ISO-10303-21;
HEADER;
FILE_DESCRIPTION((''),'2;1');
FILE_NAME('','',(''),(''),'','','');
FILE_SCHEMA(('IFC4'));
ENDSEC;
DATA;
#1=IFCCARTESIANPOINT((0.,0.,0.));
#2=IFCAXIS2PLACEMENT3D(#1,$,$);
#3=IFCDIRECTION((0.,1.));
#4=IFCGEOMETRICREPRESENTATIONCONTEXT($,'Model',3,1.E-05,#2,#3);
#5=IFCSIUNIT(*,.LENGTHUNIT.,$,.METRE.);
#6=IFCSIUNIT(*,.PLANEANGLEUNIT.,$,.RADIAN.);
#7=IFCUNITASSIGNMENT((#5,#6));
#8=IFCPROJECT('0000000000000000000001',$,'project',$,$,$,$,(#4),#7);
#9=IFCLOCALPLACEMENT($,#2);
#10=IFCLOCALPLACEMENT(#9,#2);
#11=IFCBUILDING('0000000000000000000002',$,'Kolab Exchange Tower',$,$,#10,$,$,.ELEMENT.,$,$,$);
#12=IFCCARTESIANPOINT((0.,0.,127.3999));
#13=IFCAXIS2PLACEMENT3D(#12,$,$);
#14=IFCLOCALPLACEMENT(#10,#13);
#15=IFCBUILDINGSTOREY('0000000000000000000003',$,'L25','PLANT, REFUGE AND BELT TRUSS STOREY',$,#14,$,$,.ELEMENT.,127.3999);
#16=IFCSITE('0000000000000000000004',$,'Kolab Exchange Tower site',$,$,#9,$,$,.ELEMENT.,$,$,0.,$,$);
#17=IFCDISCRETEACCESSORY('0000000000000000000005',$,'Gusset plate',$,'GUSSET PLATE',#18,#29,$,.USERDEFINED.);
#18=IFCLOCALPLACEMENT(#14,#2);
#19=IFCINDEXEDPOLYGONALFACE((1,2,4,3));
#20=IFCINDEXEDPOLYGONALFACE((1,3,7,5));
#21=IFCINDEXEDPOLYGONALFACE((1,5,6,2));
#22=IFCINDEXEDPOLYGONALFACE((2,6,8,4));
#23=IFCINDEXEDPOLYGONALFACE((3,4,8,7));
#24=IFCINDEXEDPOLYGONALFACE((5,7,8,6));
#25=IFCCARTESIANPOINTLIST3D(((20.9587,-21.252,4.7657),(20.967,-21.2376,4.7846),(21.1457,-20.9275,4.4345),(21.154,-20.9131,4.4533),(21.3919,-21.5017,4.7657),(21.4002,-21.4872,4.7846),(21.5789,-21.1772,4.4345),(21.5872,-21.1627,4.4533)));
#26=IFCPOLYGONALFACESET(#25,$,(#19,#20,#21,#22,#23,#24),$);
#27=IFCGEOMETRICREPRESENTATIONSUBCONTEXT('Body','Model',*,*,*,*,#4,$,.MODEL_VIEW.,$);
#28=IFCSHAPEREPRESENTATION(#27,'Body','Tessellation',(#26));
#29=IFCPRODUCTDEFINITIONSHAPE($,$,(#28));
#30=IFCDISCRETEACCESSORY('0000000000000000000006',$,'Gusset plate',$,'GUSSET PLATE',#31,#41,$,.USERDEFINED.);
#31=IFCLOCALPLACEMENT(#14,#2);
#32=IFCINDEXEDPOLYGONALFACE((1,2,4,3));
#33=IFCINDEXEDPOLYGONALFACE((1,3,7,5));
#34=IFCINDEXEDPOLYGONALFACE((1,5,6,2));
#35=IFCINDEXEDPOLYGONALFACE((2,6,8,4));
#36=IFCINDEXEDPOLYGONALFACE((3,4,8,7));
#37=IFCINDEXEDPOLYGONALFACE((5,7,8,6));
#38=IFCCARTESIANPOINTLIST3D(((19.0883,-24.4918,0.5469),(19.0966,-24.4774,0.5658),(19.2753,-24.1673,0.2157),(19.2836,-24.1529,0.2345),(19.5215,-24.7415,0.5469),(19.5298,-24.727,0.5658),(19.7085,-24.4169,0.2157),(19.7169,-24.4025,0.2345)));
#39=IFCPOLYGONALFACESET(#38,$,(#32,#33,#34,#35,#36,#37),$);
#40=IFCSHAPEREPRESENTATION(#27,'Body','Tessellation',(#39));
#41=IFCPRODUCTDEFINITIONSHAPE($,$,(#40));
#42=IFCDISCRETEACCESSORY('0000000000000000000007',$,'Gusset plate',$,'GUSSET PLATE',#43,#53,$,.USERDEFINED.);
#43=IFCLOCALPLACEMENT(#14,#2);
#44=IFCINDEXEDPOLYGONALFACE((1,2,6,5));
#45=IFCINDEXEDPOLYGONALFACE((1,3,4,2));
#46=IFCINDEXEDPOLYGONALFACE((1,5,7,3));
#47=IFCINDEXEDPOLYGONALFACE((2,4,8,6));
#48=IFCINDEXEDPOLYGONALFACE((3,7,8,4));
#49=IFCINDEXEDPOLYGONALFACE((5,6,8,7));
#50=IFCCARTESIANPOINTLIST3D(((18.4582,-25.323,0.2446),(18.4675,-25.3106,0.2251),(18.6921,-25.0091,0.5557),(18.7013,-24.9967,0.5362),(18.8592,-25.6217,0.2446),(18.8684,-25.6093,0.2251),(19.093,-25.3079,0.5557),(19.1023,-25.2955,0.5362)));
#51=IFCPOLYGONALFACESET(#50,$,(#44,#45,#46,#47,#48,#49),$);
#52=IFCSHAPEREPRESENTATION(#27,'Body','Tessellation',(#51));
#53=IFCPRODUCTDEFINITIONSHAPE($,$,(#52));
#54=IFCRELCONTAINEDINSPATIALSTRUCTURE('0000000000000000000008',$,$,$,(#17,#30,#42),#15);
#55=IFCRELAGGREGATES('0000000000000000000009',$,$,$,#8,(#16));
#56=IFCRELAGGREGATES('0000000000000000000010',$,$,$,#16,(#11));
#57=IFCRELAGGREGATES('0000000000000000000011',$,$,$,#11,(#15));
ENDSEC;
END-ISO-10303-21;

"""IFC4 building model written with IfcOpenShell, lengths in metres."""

from ifc_helpers import new_model, si_unit, direction, frame, origin, origin_2d, place, context, subcontext, project, spatial, rectangle, extrude, element, save


model = new_model("IFC4")

# Units and contexts
model_context = context("Model", 3, precision=1e-05, world=origin(), true_north=direction((0.0, 1.0)))
body_context = subcontext(model_context, "Body", "Model", "MODEL_VIEW")
ifc_project = project(units=[si_unit("LENGTHUNIT", "METRE"), si_unit("PLANEANGLEUNIT", "RADIAN")], contexts=[model_context])

# Site, building, storey
site_placement = place(None, origin())
site = spatial("IfcSite", under=ifc_project, at=site_placement, Name="Kolab Exchange Tower site", CompositionType="ELEMENT", RefElevation=0.0)
building_placement = place(site_placement, origin())
building = spatial("IfcBuilding", under=site, at=building_placement, Name="Kolab Exchange Tower", CompositionType="ELEMENT")
storey_placement = place(building_placement, frame((0.0, 0.0, 127.3999)))
storey = spatial("IfcBuildingStorey", under=building, at=storey_placement, Name="L25", Description="PLANT, REFUGE AND BELT TRUSS STOREY", CompositionType="ELEMENT", Elevation=127.3999)

# Discrete accessories
for number, where, z_axis, x_axis, name in (
    (1, (21.2688, -21.2146, 4.6001), (0.330768, 0.57398, 0.749092), (-0.86643, 0.499299, 0.0), "Gusset plate"),
    (2, (19.4067, -24.4399, 0.4001), (-0.330768, -0.57398, -0.749092), (0.86643, -0.499299, 0.0), "Gusset plate"),
):
    element("IfcDiscreteAccessory", number, at=place(storey_placement, frame(where, z_axis=z_axis, x_axis=x_axis)), inside=storey, Name=name, ObjectType="GUSSET PLATE", PredefinedType="USERDEFINED", context=body_context, shape_type="SweptSolid", body=[
        extrude(rectangle(XDim=0.5, YDim=0.5, at=origin_2d()), origin(), (0.0, 0.0, 1.0), 0.0251),
    ])
discrete_accessory_placement = place(storey_placement, frame((18.7756, -25.3154, 0.4001), z_axis=(0.371817, 0.499018, -0.782773), x_axis=(-0.801883, 0.597481, 0.0)))
element("IfcDiscreteAccessory", 3, at=discrete_accessory_placement, inside=storey, Name="Gusset plate", ObjectType="GUSSET PLATE", PredefinedType="USERDEFINED", context=body_context, shape_type="SweptSolid", body=[
    extrude(rectangle(XDim=0.5, YDim=0.5, at=origin_2d()), origin(), (0.0, 0.0, 1.0), 0.0249),
])

save(model, "model.ifc")
